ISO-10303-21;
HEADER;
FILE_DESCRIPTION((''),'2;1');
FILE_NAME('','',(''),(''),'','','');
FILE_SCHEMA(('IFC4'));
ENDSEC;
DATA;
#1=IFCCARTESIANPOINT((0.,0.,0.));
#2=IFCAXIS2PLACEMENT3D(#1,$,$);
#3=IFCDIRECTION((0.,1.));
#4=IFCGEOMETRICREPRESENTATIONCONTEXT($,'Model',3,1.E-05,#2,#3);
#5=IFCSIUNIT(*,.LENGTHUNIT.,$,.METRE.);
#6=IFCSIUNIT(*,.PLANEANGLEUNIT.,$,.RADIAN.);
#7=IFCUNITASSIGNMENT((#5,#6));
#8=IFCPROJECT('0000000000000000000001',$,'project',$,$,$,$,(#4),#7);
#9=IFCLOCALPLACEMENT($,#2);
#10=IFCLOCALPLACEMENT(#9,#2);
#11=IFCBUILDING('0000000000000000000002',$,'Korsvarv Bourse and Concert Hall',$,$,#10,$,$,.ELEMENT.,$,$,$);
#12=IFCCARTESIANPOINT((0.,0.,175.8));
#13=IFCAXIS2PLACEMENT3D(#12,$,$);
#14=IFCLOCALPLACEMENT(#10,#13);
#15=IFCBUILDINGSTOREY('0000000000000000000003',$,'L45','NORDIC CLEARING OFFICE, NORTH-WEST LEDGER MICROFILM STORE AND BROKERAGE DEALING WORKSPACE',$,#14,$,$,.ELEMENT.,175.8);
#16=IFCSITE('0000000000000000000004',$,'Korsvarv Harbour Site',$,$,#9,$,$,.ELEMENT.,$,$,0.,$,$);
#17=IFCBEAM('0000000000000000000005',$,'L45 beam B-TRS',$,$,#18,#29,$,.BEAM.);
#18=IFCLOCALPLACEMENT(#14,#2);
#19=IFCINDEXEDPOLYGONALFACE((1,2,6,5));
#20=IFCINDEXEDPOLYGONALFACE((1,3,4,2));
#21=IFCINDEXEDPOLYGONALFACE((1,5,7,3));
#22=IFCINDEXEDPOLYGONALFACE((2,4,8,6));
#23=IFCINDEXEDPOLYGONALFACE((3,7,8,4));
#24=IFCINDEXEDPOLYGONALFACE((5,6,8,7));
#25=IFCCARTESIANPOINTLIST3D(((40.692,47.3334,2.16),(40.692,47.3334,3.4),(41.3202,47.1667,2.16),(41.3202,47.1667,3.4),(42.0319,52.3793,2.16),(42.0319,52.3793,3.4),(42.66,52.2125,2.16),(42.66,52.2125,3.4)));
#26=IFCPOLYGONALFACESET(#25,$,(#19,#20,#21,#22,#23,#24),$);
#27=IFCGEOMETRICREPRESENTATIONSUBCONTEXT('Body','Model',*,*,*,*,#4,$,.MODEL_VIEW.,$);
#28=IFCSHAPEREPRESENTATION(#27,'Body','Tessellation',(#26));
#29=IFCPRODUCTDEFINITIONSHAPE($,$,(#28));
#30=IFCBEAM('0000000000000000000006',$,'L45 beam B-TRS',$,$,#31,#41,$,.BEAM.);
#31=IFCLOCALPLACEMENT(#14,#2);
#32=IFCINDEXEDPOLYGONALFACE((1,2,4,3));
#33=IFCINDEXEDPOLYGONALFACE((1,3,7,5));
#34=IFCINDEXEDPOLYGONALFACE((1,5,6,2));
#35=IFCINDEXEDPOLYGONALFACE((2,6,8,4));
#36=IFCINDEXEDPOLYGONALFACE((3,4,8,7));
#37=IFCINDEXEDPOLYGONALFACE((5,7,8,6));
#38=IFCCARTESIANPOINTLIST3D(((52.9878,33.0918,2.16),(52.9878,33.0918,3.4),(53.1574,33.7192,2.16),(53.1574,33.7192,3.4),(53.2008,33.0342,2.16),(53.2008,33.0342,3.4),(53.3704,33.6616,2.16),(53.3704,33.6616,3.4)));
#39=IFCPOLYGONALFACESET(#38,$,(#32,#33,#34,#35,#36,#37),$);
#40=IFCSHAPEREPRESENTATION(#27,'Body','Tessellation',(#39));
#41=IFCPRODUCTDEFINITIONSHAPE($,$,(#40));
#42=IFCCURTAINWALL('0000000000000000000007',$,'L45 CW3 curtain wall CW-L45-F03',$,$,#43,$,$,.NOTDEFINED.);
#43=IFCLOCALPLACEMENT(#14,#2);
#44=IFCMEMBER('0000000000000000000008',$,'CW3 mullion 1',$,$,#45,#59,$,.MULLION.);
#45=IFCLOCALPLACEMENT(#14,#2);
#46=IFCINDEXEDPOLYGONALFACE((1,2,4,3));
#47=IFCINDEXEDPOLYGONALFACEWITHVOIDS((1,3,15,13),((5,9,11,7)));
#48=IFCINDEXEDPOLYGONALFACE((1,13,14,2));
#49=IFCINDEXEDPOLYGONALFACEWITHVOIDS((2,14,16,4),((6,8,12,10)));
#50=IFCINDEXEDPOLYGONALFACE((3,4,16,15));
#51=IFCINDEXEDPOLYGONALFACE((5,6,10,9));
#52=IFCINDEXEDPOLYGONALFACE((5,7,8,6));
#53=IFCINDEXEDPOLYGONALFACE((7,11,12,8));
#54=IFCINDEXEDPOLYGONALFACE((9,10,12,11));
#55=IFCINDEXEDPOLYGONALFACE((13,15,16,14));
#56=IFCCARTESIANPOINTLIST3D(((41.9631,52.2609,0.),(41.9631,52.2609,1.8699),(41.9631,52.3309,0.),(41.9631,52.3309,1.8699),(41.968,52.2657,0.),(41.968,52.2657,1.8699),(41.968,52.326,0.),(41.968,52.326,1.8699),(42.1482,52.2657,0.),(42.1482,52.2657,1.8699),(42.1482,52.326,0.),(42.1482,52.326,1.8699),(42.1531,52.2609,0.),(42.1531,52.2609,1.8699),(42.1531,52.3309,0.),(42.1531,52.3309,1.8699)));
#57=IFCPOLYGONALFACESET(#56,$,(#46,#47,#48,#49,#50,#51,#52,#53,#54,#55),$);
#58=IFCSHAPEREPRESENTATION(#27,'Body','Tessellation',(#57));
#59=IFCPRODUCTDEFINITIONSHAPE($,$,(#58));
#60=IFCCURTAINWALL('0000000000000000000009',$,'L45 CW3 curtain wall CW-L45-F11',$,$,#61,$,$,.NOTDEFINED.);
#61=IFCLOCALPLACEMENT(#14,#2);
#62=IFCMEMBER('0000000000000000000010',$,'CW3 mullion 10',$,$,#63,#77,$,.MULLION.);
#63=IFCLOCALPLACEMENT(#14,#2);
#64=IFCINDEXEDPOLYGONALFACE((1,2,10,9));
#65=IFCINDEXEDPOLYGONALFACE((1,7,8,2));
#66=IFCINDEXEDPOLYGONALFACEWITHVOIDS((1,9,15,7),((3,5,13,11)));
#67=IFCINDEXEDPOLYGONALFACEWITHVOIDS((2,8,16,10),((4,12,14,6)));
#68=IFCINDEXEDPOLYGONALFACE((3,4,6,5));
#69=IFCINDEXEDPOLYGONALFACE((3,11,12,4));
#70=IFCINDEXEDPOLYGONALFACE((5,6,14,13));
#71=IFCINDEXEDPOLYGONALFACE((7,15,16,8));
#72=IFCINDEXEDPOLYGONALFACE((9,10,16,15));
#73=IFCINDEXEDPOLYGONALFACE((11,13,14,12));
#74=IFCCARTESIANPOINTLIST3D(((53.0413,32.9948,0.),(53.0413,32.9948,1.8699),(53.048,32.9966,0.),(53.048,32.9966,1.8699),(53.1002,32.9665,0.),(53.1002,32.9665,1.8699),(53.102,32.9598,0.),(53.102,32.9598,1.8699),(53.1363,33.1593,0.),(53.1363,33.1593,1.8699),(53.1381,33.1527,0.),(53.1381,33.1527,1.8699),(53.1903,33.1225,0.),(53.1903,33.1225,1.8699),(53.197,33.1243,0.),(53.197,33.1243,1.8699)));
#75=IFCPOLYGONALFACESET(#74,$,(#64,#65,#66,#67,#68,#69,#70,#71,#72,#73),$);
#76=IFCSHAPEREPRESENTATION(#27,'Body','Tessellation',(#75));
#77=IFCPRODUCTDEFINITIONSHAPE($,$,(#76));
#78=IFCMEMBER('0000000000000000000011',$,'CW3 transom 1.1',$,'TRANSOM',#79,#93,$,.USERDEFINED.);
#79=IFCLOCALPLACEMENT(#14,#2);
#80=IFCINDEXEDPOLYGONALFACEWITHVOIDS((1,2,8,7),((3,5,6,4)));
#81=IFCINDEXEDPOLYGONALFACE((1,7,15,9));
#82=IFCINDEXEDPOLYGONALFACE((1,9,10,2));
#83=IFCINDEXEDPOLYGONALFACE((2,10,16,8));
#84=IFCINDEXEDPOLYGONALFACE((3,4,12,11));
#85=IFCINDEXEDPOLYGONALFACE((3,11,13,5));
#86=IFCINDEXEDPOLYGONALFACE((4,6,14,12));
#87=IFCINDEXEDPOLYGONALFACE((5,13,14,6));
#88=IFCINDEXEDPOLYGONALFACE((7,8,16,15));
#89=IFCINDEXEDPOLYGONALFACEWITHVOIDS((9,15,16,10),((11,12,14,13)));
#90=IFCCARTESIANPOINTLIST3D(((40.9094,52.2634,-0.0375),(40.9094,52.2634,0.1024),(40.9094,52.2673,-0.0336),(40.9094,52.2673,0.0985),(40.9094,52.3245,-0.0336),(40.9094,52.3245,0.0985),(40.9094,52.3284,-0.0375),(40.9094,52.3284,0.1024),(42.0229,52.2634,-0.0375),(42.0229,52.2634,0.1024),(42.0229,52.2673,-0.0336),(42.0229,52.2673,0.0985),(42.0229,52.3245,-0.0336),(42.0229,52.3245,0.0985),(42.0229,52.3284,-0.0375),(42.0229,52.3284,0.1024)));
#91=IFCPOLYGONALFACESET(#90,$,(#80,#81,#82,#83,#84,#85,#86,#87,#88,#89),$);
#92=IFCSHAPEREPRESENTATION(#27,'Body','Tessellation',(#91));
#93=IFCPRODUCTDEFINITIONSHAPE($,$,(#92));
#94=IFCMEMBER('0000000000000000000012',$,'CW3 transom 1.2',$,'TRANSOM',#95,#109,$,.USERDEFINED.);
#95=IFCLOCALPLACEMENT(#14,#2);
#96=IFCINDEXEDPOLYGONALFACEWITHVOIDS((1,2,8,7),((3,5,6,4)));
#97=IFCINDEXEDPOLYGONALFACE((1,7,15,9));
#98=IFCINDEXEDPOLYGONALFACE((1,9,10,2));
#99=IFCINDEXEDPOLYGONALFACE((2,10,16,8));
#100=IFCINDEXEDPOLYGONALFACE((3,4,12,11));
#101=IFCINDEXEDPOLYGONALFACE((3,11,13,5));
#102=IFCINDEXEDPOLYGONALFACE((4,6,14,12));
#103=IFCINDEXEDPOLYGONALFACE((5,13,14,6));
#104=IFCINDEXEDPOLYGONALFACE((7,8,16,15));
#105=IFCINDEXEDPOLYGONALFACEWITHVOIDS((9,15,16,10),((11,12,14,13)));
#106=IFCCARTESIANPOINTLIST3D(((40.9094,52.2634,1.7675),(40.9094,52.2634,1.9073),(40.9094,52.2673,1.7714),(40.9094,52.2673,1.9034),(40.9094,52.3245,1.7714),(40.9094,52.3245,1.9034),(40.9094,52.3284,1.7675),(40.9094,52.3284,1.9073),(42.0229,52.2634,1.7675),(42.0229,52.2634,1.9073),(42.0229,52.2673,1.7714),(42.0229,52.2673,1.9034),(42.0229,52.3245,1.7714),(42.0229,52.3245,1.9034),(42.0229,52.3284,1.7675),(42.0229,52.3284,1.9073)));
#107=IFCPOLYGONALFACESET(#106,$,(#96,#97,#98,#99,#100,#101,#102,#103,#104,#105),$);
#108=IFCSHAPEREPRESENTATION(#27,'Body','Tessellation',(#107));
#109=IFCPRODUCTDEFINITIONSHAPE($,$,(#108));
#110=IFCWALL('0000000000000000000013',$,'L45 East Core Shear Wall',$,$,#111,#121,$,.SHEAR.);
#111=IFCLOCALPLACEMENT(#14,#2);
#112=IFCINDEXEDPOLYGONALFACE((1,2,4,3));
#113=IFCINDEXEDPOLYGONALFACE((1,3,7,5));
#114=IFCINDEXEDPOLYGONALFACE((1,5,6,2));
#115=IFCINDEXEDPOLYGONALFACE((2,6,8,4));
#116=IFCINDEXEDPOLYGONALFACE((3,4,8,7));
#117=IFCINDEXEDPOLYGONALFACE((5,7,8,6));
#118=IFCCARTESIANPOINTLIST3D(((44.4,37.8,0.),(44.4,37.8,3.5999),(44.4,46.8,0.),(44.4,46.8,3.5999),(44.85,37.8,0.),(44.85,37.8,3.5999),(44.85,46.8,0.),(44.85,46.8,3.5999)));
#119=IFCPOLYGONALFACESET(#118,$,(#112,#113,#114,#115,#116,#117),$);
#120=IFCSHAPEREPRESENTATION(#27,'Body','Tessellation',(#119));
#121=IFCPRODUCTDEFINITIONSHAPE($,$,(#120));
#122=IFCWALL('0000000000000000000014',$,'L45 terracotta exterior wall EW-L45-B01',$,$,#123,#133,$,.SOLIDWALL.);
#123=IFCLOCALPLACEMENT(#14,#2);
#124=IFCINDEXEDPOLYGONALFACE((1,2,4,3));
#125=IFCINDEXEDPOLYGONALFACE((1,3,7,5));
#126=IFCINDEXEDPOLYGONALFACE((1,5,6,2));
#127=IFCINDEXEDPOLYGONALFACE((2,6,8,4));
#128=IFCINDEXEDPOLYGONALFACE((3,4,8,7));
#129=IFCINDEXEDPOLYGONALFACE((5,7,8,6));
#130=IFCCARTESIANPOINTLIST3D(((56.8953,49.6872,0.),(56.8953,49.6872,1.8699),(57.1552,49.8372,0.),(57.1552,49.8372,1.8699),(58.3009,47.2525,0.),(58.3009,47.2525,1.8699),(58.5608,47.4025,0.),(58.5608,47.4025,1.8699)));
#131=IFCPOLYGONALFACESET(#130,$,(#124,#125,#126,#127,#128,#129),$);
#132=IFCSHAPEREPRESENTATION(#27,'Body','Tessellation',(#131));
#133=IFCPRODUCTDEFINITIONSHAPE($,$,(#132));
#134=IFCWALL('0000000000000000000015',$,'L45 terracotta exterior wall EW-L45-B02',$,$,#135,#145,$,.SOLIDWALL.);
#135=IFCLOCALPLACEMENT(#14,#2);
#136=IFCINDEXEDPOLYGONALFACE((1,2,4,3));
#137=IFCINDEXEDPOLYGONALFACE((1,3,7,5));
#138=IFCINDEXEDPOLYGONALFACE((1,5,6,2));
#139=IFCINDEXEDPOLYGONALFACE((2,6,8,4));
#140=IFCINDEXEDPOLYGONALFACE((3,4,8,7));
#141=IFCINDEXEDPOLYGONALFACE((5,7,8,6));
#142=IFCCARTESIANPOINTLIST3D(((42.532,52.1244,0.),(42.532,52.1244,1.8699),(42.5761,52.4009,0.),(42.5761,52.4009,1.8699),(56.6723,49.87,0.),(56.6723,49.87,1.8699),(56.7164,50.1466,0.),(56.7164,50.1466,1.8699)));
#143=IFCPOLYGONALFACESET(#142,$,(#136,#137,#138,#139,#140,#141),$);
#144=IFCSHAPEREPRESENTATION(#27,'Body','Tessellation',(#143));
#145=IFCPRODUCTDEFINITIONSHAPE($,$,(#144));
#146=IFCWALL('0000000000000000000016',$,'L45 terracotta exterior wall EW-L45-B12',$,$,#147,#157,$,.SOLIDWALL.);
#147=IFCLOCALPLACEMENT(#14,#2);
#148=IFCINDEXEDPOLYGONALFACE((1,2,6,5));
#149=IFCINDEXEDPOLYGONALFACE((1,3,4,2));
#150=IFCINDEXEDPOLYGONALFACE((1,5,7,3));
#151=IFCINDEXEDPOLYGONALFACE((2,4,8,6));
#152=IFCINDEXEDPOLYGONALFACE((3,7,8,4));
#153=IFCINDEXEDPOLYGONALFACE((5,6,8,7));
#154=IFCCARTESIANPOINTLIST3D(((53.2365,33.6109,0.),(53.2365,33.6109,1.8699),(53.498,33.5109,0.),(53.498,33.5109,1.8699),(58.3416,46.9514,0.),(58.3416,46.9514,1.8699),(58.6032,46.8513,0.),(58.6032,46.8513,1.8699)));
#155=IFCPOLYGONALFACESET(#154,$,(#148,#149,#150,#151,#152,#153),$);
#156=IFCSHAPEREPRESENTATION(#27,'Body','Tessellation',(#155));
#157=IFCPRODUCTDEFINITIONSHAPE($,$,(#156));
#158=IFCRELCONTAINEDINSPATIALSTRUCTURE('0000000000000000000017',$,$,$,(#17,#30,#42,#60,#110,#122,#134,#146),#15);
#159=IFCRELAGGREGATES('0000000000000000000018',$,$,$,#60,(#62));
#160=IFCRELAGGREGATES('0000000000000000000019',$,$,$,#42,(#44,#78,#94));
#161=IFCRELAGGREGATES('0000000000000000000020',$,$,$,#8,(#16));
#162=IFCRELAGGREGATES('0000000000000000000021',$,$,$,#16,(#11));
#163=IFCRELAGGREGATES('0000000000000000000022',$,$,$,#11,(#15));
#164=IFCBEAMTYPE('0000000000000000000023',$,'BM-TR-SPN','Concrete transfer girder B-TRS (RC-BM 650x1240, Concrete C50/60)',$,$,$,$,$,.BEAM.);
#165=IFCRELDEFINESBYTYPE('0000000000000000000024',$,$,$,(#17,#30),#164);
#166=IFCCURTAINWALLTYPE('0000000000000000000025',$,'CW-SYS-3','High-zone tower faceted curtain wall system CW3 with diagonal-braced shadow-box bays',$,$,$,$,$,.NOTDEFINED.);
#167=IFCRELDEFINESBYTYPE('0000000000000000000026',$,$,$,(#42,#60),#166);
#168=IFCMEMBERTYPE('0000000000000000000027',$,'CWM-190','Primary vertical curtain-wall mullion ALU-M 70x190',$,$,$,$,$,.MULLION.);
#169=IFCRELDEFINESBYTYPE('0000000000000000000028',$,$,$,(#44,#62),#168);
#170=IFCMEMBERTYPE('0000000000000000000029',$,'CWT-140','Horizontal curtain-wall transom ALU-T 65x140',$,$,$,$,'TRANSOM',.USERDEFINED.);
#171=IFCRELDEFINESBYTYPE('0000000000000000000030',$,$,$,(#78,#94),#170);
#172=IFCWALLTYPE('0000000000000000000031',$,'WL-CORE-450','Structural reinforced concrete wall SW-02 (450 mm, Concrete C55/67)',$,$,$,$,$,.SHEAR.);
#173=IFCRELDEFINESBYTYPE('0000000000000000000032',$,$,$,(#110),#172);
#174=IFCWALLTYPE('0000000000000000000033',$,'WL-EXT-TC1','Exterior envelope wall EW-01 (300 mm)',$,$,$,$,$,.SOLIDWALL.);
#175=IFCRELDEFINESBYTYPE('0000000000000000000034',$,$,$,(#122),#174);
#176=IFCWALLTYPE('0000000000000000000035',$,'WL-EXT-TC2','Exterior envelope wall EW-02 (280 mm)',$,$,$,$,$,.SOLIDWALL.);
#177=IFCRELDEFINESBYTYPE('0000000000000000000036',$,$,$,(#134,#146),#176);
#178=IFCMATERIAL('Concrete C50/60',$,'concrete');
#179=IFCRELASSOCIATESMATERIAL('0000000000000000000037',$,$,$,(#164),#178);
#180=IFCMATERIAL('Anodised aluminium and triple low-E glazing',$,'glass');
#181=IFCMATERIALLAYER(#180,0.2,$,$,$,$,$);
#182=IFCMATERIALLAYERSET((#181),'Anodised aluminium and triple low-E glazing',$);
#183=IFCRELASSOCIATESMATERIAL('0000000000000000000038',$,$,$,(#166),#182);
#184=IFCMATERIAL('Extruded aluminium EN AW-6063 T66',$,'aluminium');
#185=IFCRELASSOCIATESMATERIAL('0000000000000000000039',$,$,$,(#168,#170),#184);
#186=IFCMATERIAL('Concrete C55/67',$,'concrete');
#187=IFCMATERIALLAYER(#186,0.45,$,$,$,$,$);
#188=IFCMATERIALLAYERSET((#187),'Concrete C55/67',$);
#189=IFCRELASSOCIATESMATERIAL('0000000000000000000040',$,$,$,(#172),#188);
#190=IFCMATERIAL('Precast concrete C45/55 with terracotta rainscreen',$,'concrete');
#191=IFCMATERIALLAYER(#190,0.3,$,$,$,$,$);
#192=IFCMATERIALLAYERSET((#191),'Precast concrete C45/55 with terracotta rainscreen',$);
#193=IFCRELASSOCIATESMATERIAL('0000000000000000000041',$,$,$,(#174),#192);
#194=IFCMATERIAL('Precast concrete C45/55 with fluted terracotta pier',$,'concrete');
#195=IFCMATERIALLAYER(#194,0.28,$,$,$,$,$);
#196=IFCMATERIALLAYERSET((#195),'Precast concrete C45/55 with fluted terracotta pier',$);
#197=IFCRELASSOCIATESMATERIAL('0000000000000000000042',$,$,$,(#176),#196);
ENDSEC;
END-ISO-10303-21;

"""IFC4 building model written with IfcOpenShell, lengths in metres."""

from ifc_helpers import new_model, si_unit, direction, frame, frame_2d, origin, origin_2d, place, context, subcontext, project, spatial, rectangle, hollow_rectangle, extrude, source, transform, mapped, material, layer, layer_set, material_profile, profile_set, type_object, element, aggregate, save


model = new_model("IFC4")

# Units and contexts
model_context = context("Model", 3, precision=1e-05, world=origin(), true_north=direction((0.0, 1.0)))
body_context = subcontext(model_context, "Body", "Model", "MODEL_VIEW")
ifc_project = project(units=[si_unit("LENGTHUNIT", "METRE"), si_unit("PLANEANGLEUNIT", "RADIAN")], contexts=[model_context])

# Site, building, storey
site_placement = place(None, origin())
site = spatial("IfcSite", under=ifc_project, at=site_placement, Name="Korsvarv Harbour Site", CompositionType="ELEMENT", RefElevation=0.0)
building_placement = place(site_placement, origin())
building = spatial("IfcBuilding", under=site, at=building_placement, Name="Korsvarv Bourse and Concert Hall", CompositionType="ELEMENT")
storey_placement = place(building_placement, frame((0.0, 0.0, 175.8)))
storey = spatial("IfcBuildingStorey", under=building, at=storey_placement, Name="L45", Description="NORDIC CLEARING OFFICE, NORTH-WEST LEDGER MICROFILM STORE AND BROKERAGE DEALING WORKSPACE", CompositionType="ELEMENT", Elevation=175.8)

# Shared definitions
ifc_material_1 = material(Name="Concrete C55/67", Category="concrete")

# Beams
ifc_material_2 = material(Name="Concrete C50/60", Category="concrete")
ifc_material_profile_1 = material_profile(ifc_material_2, rectangle(XDim=0.6499, YDim=1.24, at=origin_2d()), Name="RC-BM 650x1240")
ifc_profile_set_1 = profile_set([ifc_material_profile_1], Name="Concrete C50/60")
beam_type_1 = type_object("IfcBeamType", Name="BM-TR-SPN", Description="Concrete transfer girder B-TRS (RC-BM 650x1240, Concrete C50/60)", PredefinedType="BEAM", material=ifc_profile_set_1)
shared_shape_1 = source(origin(), body_context, "Body", "SweptSolid", [
    extrude(rectangle(XDim=0.6499, YDim=1.24, at=origin_2d()), origin(), (0.0, 0.0, 1.0), 5.2207),
])
beam_1_placement = place(storey_placement, frame((42.3459, 52.2959, 2.78), z_axis=(-0.256638, -0.966508, 0.0), x_axis=(0.966508, -0.256638, 0.0)))
element("IfcBeam", 1, at=beam_1_placement, inside=storey, type_object=beam_type_1, Name="L45 beam B-TRS", PredefinedType="BEAM", context=body_context, shape_type="MappedRepresentation", body=[
    mapped(shared_shape_1, transform((0.0, 0.0, 0.0), scale=1.0)),
])
shared_shape_2 = source(origin(), body_context, "Body", "SweptSolid", [
    extrude(rectangle(XDim=0.6499, YDim=1.24, at=origin_2d()), origin(), (0.0, 0.0, 1.0), 0.2207),
])
beam_2_placement = place(storey_placement, frame((53.2856, 33.3479, 2.78), z_axis=(-0.965348, 0.260965, 0.0), x_axis=(-0.260965, -0.965348, 0.0)))
element("IfcBeam", 2, at=beam_2_placement, inside=storey, type_object=beam_type_1, Name="L45 beam B-TRS", PredefinedType="BEAM", context=body_context, shape_type="MappedRepresentation", body=[
    mapped(shared_shape_2, transform((0.0, 0.0, 0.0), scale=1.0)),
])

# Curtain walls, members
ifc_material_3 = material(Name="Anodised aluminium and triple low-E glazing", Category="glass")
ifc_layer_1 = layer(ifc_material_3, 0.2)
ifc_layer_set_1 = layer_set([ifc_layer_1], Name="Anodised aluminium and triple low-E glazing")
curtain_wall_type = type_object("IfcCurtainWallType", Name="CW-SYS-3", Description="High-zone tower faceted curtain wall system CW3 with diagonal-braced shadow-box bays", PredefinedType="NOTDEFINED", material=ifc_layer_set_1)
curtain_wall_1_placement = place(storey_placement, origin())
curtain_wall_1 = element("IfcCurtainWall", 3, at=curtain_wall_1_placement, inside=storey, type_object=curtain_wall_type, Name="L45 CW3 curtain wall CW-L45-F03", PredefinedType="NOTDEFINED")
ifc_material_4 = material(Name="Extruded aluminium EN AW-6063 T66", Category="aluminium")
ifc_material_profile_2 = material_profile(ifc_material_4, hollow_rectangle(XDim=0.0701, YDim=0.1899, WallThickness=0.0049, at=origin_2d()), Name="ALU-M 70x190")
ifc_profile_set_2 = profile_set([ifc_material_profile_2], Name="Extruded aluminium EN AW-6063 T66")
member_type_1 = type_object("IfcMemberType", Name="CWM-190", Description="Primary vertical curtain-wall mullion ALU-M 70x190", PredefinedType="MULLION", material=ifc_profile_set_2)
shared_shape_3 = source(origin(), body_context, "Body", "SweptSolid", [
    extrude(hollow_rectangle(XDim=0.0701, YDim=0.1899, WallThickness=0.0049, at=origin_2d()), origin(), (0.0, 0.0, 1.0), 1.8699),
])
member_1_placement = place(storey_placement, frame((42.0581, 52.2959, 0.0), z_axis=(0.0, 0.0, 1.0), x_axis=(0.0, -1.0, 0.0)))
member_1 = element("IfcMember", 4, at=member_1_placement, type_object=member_type_1, Name="CW3 mullion 1", PredefinedType="MULLION", context=body_context, shape_type="MappedRepresentation", body=[
    mapped(shared_shape_3, transform((0.0, 0.0, 0.0), scale=1.0)),
])
curtain_wall_2_placement = place(storey_placement, origin())
curtain_wall_2 = element("IfcCurtainWall", 5, at=curtain_wall_2_placement, inside=storey, type_object=curtain_wall_type, Name="L45 CW3 curtain wall CW-L45-F11", PredefinedType="NOTDEFINED")
member_2_placement = place(storey_placement, frame((53.1191, 33.0596, 0.0), z_axis=(0.0, 0.0, 1.0), x_axis=(-0.866029, 0.499994, 0.0)))
member_2 = element("IfcMember", 6, at=member_2_placement, type_object=member_type_1, Name="CW3 mullion 10", PredefinedType="MULLION", context=body_context, shape_type="MappedRepresentation", body=[
    mapped(shared_shape_3, transform((0.0, 0.0, 0.0), scale=1.0)),
])
aggregate(curtain_wall_2, [member_2])

# Members
ifc_material_profile_3 = material_profile(ifc_material_4, hollow_rectangle(XDim=0.0649, YDim=0.1399, WallThickness=0.0039, at=origin_2d()), Name="ALU-T 65x140")
ifc_profile_set_3 = profile_set([ifc_material_profile_3], Name="Extruded aluminium EN AW-6063 T66")
member_type_2 = type_object("IfcMemberType", Name="CWT-140", Description="Horizontal curtain-wall transom ALU-T 65x140", ElementType="TRANSOM", PredefinedType="USERDEFINED", material=ifc_profile_set_3)
shared_shape_4 = source(origin(), body_context, "Body", "SweptSolid", [
    extrude(hollow_rectangle(XDim=0.0649, YDim=0.1399, WallThickness=0.0039, at=origin_2d()), origin(), (0.0, 0.0, 1.0), 1.1135),
])
member_3_placement = place(storey_placement, frame((42.0229, 52.2959, 0.0325), z_axis=(-1.0, 0.0, 0.0), x_axis=(0.0, -1.0, 0.0)))
member_3 = element("IfcMember", 7, at=member_3_placement, type_object=member_type_2, Name="CW3 transom 1.1", ObjectType="TRANSOM", PredefinedType="USERDEFINED", context=body_context, shape_type="MappedRepresentation", body=[
    mapped(shared_shape_4, transform((0.0, 0.0, 0.0), scale=1.0)),
])
member_4_placement = place(storey_placement, frame((42.0229, 52.2959, 1.8374), z_axis=(-1.0, 0.0, 0.0), x_axis=(0.0, -1.0, 0.0)))
member_4 = element("IfcMember", 8, at=member_4_placement, type_object=member_type_2, Name="CW3 transom 1.2", ObjectType="TRANSOM", PredefinedType="USERDEFINED", context=body_context, shape_type="MappedRepresentation", body=[
    mapped(shared_shape_4, transform((0.0, 0.0, 0.0), scale=1.0)),
])
aggregate(curtain_wall_1, [member_1, member_3, member_4])

# Walls
ifc_layer_2 = layer(ifc_material_1, 0.45)
ifc_layer_set_2 = layer_set([ifc_layer_2], Name="Concrete C55/67")
wall_type_1 = type_object("IfcWallType", Name="WL-CORE-450", Description="Structural reinforced concrete wall SW-02 (450 mm, Concrete C55/67)", PredefinedType="SHEAR", material=ifc_layer_set_2)
wall_1_placement = place(storey_placement, frame((44.625, 37.8, 0.0), z_axis=(0.0, 0.0, 1.0), x_axis=(0.0, 1.0, 0.0)))
element("IfcWall", 9, at=wall_1_placement, inside=storey, type_object=wall_type_1, Name="L45 East Core Shear Wall", PredefinedType="SHEAR", context=body_context, shape_type="SweptSolid", body=[
    extrude(rectangle(XDim=9.0, YDim=0.45, at=frame_2d((4.5, 0.0))), origin(), (0.0, 0.0, 1.0), 3.5999),
])
ifc_material_5 = material(Name="Precast concrete C45/55 with terracotta rainscreen", Category="concrete")
ifc_layer_3 = layer(ifc_material_5, 0.3)
ifc_layer_set_3 = layer_set([ifc_layer_3], Name="Precast concrete C45/55 with terracotta rainscreen")
wall_type_2 = type_object("IfcWallType", Name="WL-EXT-TC1", Description="Exterior envelope wall EW-01 (300 mm)", PredefinedType="SOLIDWALL", material=ifc_layer_set_3)
wall_2_placement = place(storey_placement, frame((58.4309, 47.3274, 0.0), z_axis=(0.0, 0.0, 1.0), x_axis=(-0.499978, 0.866038, 0.0)))
element("IfcWall", 10, at=wall_2_placement, inside=storey, type_object=wall_type_2, Name="L45 terracotta exterior wall EW-L45-B01", PredefinedType="SOLIDWALL", context=body_context, shape_type="SweptSolid", body=[
    extrude(rectangle(XDim=2.8113, YDim=0.3, at=frame_2d((1.4058, 0.0))), origin(), (0.0, 0.0, 1.0), 1.8699),
])
ifc_material_6 = material(Name="Precast concrete C45/55 with fluted terracotta pier", Category="concrete")
ifc_layer_4 = layer(ifc_material_6, 0.28)
ifc_layer_set_4 = layer_set([ifc_layer_4], Name="Precast concrete C45/55 with fluted terracotta pier")
wall_type_3 = type_object("IfcWallType", Name="WL-EXT-TC2", Description="Exterior envelope wall EW-02 (280 mm)", PredefinedType="SOLIDWALL", material=ifc_layer_set_4)
wall_3_placement = place(storey_placement, frame((56.6943, 50.0083, 0.0), z_axis=(0.0, 0.0, 1.0), x_axis=(-0.987528, 0.157441, 0.0)))
element("IfcWall", 11, at=wall_3_placement, inside=storey, type_object=wall_type_3, Name="L45 terracotta exterior wall EW-L45-B02", PredefinedType="SOLIDWALL", context=body_context, shape_type="SweptSolid", body=[
    extrude(rectangle(XDim=14.3188, YDim=0.28, at=frame_2d((7.1594, 0.0))), origin(), (0.0, 0.0, 1.0), 1.8699),
])
wall_4_placement = place(storey_placement, frame((53.3672, 33.5608, 0.0), z_axis=(0.0, 0.0, 1.0), x_axis=(0.357407, 0.933949, 0.0)))
element("IfcWall", 12, at=wall_4_placement, inside=storey, type_object=wall_type_3, Name="L45 terracotta exterior wall EW-L45-B12", PredefinedType="SOLIDWALL", context=body_context, shape_type="SweptSolid", body=[
    extrude(rectangle(XDim=14.2839, YDim=0.28, at=frame_2d((7.1421, 0.0))), origin(), (0.0, 0.0, 1.0), 1.8699),
])

save(model, "model.ifc")
